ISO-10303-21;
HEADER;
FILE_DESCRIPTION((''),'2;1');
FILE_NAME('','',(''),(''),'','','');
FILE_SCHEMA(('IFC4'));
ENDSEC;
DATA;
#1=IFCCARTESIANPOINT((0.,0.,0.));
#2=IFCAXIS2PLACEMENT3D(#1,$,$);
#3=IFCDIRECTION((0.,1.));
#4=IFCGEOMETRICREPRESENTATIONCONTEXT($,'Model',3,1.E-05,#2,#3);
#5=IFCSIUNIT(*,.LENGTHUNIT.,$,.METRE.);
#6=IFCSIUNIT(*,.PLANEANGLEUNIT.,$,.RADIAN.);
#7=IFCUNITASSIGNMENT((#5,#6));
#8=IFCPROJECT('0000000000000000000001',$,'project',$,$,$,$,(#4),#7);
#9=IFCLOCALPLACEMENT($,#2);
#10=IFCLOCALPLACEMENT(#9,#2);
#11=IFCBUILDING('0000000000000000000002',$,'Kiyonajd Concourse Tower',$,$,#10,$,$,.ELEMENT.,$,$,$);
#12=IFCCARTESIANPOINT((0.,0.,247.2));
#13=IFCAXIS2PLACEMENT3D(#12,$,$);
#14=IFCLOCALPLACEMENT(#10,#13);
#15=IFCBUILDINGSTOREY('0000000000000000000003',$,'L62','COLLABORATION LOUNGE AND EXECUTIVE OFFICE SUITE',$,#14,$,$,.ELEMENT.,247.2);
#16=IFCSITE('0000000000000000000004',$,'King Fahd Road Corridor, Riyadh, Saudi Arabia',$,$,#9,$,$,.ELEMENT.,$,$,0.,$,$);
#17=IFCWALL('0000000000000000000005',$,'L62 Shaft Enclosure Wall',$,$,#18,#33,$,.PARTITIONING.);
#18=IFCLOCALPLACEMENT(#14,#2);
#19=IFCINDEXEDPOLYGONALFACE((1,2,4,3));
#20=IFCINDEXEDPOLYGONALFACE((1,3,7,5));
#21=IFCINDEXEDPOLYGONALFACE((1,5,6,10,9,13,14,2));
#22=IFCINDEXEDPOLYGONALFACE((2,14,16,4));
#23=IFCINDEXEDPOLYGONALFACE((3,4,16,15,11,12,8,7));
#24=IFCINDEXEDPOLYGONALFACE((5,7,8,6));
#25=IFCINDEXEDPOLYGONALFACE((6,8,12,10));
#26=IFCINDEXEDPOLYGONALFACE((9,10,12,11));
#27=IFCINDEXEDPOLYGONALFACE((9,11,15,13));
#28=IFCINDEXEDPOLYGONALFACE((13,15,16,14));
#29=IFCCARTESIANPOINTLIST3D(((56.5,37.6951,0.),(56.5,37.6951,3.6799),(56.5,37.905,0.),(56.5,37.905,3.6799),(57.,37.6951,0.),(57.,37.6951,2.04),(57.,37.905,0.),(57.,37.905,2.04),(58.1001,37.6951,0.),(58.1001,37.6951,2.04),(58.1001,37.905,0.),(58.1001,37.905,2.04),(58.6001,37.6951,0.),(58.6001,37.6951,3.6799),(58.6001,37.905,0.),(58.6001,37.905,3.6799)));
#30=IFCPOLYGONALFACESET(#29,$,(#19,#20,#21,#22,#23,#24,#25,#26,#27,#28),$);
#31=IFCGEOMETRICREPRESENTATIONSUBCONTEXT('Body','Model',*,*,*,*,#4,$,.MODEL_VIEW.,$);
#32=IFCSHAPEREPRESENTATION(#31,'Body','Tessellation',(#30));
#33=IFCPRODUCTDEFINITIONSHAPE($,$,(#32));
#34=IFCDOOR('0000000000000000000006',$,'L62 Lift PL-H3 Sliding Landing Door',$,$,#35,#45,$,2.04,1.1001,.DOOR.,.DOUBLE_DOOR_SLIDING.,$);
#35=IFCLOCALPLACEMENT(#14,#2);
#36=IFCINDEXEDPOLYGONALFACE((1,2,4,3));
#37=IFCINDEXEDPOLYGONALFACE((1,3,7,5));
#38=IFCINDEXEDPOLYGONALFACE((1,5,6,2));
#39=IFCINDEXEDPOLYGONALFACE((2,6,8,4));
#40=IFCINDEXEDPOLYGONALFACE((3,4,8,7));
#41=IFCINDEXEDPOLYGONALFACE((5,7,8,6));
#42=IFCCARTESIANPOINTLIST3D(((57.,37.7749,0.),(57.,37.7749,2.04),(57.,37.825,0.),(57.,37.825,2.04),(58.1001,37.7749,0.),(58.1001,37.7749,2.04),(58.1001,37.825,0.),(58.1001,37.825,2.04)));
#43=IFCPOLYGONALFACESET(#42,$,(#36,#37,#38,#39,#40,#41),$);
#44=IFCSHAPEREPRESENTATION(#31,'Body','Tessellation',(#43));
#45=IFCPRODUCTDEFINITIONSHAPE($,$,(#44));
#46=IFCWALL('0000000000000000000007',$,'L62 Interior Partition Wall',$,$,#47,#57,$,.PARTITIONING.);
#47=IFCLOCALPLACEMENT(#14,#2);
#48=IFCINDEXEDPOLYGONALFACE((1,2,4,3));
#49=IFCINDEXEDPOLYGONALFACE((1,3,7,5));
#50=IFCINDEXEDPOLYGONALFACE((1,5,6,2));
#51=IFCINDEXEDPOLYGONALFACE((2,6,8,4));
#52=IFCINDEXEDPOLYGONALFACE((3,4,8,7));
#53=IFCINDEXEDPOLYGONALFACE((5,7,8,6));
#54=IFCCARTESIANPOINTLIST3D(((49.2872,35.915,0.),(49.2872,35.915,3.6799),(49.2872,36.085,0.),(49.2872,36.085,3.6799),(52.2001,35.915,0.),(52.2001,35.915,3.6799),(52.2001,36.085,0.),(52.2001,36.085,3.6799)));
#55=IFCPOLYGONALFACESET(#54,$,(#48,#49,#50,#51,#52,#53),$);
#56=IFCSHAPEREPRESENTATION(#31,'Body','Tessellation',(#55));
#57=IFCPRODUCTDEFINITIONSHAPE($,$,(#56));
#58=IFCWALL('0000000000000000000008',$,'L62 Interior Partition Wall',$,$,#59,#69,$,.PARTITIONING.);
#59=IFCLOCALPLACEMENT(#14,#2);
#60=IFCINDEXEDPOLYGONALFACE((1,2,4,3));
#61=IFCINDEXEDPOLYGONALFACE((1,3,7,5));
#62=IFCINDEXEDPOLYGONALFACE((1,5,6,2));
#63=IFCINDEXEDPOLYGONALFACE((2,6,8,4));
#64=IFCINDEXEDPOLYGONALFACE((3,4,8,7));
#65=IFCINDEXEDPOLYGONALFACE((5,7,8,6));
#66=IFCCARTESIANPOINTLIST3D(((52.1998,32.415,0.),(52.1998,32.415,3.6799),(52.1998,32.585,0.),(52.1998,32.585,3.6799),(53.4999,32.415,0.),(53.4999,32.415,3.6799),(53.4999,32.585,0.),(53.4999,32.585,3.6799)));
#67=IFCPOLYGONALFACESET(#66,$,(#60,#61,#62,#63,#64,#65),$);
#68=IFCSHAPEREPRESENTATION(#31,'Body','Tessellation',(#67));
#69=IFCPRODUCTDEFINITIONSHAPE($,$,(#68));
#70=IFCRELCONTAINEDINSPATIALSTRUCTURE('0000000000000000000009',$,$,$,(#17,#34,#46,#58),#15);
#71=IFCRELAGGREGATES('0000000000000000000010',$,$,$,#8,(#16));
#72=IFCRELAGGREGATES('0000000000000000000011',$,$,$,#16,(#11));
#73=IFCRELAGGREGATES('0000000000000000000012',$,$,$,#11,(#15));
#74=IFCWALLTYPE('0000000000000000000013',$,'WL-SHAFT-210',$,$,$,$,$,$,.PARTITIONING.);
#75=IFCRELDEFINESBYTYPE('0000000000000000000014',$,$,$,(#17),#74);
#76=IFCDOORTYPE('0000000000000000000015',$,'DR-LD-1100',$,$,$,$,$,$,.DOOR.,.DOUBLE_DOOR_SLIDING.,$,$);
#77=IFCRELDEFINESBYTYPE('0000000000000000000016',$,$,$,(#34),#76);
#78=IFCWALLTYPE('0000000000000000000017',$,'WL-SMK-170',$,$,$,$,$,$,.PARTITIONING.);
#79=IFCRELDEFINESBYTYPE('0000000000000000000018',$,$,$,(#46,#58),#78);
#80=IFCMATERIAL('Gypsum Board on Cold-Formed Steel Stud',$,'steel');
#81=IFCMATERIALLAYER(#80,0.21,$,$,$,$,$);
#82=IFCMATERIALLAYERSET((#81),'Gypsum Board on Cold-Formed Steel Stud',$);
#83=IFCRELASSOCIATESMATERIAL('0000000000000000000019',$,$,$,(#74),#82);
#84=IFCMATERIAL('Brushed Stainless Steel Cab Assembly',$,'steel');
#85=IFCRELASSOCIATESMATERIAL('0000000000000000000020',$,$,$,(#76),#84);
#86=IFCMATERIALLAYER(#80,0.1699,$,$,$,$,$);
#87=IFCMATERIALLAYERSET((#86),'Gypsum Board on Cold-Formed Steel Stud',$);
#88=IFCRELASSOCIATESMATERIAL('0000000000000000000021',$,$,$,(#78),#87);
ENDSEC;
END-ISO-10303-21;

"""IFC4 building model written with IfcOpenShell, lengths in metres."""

from ifc_helpers import new_model, si_unit, direction, frame, frame_2d, origin, place, context, subcontext, project, spatial, rectangle, extrude, material, layer, layer_set, type_object, element, fill, save


model = new_model("IFC4")

# Units and contexts
model_context = context("Model", 3, precision=1e-05, world=origin(), true_north=direction((0.0, 1.0)))
body_context = subcontext(model_context, "Body", "Model", "MODEL_VIEW")
ifc_project = project(units=[si_unit("LENGTHUNIT", "METRE"), si_unit("PLANEANGLEUNIT", "RADIAN")], contexts=[model_context])

# Site, building, storey
site_placement = place(None, origin())
site = spatial("IfcSite", under=ifc_project, at=site_placement, Name="King Fahd Road Corridor, Riyadh, Saudi Arabia", CompositionType="ELEMENT", RefElevation=0.0)
building_placement = place(site_placement, origin())
building = spatial("IfcBuilding", under=site, at=building_placement, Name="Kiyonajd Concourse Tower", CompositionType="ELEMENT")
storey_placement = place(building_placement, frame((0.0, 0.0, 247.2)))
storey = spatial("IfcBuildingStorey", under=building, at=storey_placement, Name="L62", Description="COLLABORATION LOUNGE AND EXECUTIVE OFFICE SUITE", CompositionType="ELEMENT", Elevation=247.2)

# Shared definitions
ifc_material_1 = material(Name="Gypsum Board on Cold-Formed Steel Stud", Category="steel")
ifc_layer_1 = layer(ifc_material_1, 0.21)
ifc_layer_set_1 = layer_set([ifc_layer_1], Name="Gypsum Board on Cold-Formed Steel Stud")
wall_type_1 = type_object("IfcWallType", Name="WL-SHAFT-210", PredefinedType="PARTITIONING", material=ifc_layer_set_1)
ifc_material_2 = material(Name="Brushed Stainless Steel Cab Assembly", Category="steel")

# Shared definitions
door_type_1 = type_object("IfcDoorType", Name="DR-LD-1100", OperationType="DOUBLE_DOOR_SLIDING", PredefinedType="DOOR", material=ifc_material_2)

# Wall, opening, door
wall_1_placement = place(storey_placement, frame((56.5, 37.8, 0.0), z_axis=(0.0, 0.0, 1.0), x_axis=(1.0, 0.0, 0.0)))
wall_1 = element("IfcWall", 1, at=wall_1_placement, inside=storey, type_object=wall_type_1, Name="L62 Shaft Enclosure Wall", PredefinedType="PARTITIONING", context=body_context, shape_type="SweptSolid", body=[
    extrude(rectangle(XDim=2.1001, YDim=0.21, at=frame_2d((1.05, 0.0))), origin(), (0.0, 0.0, 1.0), 3.6799),
])
opening_1_placement = place(wall_1_placement, frame((0.5, 0.0, 0.0)))
opening_1 = element("IfcOpeningElement", 2, at=opening_1_placement, cuts=wall_1, PredefinedType="OPENING", context=body_context, shape_type="SweptSolid", body=[
    extrude(rectangle(XDim=1.1001, YDim=2.04, at=frame_2d((0.55, 1.02))), frame((0.0, 0.115, 0.0), z_axis=(0.0, -1.0, 0.0), x_axis=(1.0, 0.0, 0.0)), (0.0, 0.0, 1.0), 0.23),
])
door_1_placement = place(opening_1_placement, origin())
door_1 = element("IfcDoor", 3, at=door_1_placement, inside=storey, type_object=door_type_1, Name="L62 Lift PL-H3 Sliding Landing Door", OperationType="DOUBLE_DOOR_SLIDING", OverallHeight=2.04, OverallWidth=1.1001, PredefinedType="DOOR", context=body_context, shape_type="SweptSolid", body=[
    extrude(rectangle(XDim=1.1001, YDim=2.04, at=frame_2d((0.55, 1.02))), frame((0.0, 0.0249, 0.0), z_axis=(0.0, -1.0, 0.0), x_axis=(1.0, 0.0, 0.0)), (0.0, 0.0, 1.0), 0.05),
])
fill(opening_1, door_1)

# Walls
ifc_layer_2 = layer(ifc_material_1, 0.1699)
ifc_layer_set_2 = layer_set([ifc_layer_2], Name="Gypsum Board on Cold-Formed Steel Stud")
wall_type_2 = type_object("IfcWallType", Name="WL-SMK-170", PredefinedType="PARTITIONING", material=ifc_layer_set_2)
wall_2_placement = place(storey_placement, frame((49.2871, 36.0, 0.0), z_axis=(0.0, 0.0, 1.0), x_axis=(1.0, 0.0, 0.0)))
element("IfcWall", 4, at=wall_2_placement, inside=storey, type_object=wall_type_2, Name="L62 Interior Partition Wall", PredefinedType="PARTITIONING", context=body_context, shape_type="SweptSolid", body=[
    extrude(rectangle(XDim=2.9128, YDim=0.1699, at=frame_2d((1.4565, 0.0))), origin(), (0.0, 0.0, 1.0), 3.6799),
])
wall_3_placement = place(storey_placement, frame((52.2, 32.5, 0.0), z_axis=(0.0, 0.0, 1.0), x_axis=(1.0, 0.0, 0.0)))
element("IfcWall", 5, at=wall_3_placement, inside=storey, type_object=wall_type_2, Name="L62 Interior Partition Wall", PredefinedType="PARTITIONING", context=body_context, shape_type="SweptSolid", body=[
    extrude(rectangle(XDim=1.3, YDim=0.1699, at=frame_2d((0.6499, 0.0))), origin(), (0.0, 0.0, 1.0), 3.6799),
])

save(model, "model.ifc")
